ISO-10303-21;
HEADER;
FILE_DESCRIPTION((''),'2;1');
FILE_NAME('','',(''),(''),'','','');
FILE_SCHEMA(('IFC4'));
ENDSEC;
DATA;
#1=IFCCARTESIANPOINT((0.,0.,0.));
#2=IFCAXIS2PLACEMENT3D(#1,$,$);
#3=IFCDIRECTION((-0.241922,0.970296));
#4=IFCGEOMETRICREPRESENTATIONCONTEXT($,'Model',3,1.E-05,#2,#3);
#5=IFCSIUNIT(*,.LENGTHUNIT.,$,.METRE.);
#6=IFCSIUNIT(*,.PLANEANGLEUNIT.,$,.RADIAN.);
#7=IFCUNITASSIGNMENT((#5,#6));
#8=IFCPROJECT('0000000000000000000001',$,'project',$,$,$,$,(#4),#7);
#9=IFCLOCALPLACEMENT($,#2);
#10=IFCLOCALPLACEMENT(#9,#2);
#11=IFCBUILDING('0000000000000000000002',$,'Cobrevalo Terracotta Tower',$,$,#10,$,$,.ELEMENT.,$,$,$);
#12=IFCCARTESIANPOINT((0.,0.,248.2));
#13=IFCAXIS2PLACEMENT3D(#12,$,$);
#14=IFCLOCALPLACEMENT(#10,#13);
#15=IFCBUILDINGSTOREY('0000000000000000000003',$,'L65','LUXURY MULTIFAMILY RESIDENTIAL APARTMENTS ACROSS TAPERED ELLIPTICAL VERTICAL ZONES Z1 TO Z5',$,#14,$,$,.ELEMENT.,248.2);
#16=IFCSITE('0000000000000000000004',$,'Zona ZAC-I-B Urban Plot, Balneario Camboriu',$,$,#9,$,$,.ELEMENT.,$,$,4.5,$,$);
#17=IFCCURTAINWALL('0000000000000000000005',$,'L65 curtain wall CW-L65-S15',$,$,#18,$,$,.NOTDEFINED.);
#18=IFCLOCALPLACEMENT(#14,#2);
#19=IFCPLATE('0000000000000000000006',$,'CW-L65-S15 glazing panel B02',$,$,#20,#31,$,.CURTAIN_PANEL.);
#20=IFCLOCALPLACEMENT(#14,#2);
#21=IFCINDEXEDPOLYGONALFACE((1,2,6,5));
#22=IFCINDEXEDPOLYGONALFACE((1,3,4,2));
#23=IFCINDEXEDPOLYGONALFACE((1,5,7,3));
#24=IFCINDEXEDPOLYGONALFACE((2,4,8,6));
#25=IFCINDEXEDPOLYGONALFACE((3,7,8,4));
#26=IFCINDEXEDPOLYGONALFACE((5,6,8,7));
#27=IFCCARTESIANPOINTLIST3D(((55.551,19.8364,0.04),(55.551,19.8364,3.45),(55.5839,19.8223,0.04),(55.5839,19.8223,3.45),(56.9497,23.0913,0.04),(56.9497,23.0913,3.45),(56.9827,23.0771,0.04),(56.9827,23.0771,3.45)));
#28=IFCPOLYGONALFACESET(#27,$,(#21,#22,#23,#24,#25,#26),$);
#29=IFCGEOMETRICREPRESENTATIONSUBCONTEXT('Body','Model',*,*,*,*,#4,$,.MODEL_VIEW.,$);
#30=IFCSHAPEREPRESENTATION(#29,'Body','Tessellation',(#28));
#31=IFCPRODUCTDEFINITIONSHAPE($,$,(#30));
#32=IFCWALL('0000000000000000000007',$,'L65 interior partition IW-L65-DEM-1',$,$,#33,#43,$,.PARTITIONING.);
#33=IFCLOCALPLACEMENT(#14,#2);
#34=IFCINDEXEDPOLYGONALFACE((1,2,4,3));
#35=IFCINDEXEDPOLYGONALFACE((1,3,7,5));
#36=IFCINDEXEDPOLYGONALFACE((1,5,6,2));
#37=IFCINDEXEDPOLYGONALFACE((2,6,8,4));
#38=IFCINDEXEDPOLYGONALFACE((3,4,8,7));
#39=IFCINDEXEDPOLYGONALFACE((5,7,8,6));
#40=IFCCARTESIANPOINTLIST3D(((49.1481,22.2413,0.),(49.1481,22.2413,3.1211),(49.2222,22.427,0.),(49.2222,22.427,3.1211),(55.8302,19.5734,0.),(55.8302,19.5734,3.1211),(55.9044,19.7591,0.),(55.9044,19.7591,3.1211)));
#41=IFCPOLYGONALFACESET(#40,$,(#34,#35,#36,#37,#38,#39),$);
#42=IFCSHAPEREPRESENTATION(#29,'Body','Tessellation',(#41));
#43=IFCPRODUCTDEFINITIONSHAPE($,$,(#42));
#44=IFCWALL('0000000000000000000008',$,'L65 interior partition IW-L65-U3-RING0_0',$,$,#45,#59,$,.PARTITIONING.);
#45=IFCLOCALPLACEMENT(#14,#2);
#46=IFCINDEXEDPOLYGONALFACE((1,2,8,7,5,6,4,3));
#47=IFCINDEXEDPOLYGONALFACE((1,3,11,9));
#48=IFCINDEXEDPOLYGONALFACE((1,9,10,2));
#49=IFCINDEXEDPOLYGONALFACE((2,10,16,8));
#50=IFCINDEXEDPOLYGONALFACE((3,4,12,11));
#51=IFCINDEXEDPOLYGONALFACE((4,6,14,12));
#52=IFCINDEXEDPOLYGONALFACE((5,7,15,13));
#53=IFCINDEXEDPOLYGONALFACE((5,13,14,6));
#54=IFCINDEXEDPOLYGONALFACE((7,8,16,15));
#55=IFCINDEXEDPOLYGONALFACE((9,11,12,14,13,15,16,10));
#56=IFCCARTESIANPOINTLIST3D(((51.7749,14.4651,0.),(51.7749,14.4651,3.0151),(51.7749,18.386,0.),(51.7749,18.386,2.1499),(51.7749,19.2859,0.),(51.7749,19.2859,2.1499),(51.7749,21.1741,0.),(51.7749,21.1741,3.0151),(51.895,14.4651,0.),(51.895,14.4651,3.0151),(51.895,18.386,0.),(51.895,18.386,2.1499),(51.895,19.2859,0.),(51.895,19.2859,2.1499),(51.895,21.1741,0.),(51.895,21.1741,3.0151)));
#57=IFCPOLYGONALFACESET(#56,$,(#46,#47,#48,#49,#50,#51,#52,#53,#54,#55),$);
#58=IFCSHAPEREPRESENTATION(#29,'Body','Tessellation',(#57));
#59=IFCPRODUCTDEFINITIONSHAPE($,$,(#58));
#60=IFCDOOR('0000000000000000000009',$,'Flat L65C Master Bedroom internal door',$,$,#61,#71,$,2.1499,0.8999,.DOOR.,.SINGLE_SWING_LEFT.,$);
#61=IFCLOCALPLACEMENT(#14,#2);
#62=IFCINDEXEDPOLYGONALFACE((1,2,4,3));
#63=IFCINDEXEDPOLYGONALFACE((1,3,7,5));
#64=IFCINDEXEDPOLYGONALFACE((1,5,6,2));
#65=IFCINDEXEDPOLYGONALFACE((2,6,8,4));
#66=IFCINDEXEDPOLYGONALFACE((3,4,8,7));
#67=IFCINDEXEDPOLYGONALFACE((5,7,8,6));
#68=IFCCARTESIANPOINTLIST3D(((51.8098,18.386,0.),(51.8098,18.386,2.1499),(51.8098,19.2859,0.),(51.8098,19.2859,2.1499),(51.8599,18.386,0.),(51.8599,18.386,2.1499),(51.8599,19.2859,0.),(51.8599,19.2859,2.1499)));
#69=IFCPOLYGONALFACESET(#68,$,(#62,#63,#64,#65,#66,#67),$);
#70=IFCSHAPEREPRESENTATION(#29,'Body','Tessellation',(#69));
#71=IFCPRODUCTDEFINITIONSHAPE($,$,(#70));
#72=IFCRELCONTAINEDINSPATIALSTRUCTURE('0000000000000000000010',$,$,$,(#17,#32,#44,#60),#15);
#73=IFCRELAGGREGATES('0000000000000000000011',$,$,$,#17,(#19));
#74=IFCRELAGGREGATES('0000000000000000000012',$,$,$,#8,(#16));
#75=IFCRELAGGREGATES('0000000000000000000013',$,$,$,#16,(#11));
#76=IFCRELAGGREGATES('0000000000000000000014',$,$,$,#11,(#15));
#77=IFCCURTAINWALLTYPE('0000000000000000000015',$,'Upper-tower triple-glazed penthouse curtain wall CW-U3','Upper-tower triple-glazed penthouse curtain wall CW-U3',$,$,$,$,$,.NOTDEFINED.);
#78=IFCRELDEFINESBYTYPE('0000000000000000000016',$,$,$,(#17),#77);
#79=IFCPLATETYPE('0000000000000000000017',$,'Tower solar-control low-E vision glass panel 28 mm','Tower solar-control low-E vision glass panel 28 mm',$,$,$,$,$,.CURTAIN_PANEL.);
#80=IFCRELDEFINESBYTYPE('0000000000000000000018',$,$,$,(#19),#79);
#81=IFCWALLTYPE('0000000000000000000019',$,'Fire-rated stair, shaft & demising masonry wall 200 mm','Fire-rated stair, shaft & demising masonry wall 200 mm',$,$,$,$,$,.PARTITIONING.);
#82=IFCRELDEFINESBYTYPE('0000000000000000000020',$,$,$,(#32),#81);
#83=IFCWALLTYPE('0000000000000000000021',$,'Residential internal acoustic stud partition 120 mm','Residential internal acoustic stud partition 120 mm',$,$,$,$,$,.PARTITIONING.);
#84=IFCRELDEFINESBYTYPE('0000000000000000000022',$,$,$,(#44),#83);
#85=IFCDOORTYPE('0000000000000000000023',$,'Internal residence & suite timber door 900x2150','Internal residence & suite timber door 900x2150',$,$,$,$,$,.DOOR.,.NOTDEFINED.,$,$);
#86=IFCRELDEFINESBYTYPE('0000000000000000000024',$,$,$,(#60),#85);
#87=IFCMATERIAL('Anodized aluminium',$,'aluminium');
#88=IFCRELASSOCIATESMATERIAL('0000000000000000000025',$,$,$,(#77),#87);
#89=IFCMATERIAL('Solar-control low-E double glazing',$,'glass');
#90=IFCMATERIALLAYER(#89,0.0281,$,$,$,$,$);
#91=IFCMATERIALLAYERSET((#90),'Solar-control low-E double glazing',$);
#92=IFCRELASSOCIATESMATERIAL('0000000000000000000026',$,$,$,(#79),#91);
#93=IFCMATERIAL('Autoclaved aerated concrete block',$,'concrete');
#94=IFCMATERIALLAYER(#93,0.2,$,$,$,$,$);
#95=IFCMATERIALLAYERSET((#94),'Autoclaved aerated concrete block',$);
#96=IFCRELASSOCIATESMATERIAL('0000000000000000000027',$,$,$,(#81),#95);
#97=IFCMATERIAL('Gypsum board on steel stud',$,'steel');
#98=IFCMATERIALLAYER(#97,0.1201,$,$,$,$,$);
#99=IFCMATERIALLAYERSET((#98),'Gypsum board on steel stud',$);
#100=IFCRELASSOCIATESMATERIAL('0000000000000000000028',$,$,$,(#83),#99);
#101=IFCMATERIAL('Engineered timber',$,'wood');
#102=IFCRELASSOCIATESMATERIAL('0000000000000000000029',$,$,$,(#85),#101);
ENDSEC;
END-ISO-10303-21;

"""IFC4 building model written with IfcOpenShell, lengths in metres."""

from ifc_helpers import new_model, si_unit, direction, frame, frame_2d, origin, origin_2d, place, context, subcontext, project, spatial, rectangle, extrude, source, transform, mapped, material, layer, layer_set, type_object, element, fill, aggregate, save


model = new_model("IFC4")

# Units and contexts
model_context = context("Model", 3, precision=1e-05, world=origin(), true_north=direction((-0.241922, 0.970296)))
body_context = subcontext(model_context, "Body", "Model", "MODEL_VIEW")
ifc_project = project(units=[si_unit("LENGTHUNIT", "METRE"), si_unit("PLANEANGLEUNIT", "RADIAN")], contexts=[model_context])

# Site, building, storey
site_placement = place(None, origin())
site = spatial("IfcSite", under=ifc_project, at=site_placement, Name="Zona ZAC-I-B Urban Plot, Balneario Camboriu", CompositionType="ELEMENT", RefElevation=4.5)
building_placement = place(site_placement, origin())
building = spatial("IfcBuilding", under=site, at=building_placement, Name="Cobrevalo Terracotta Tower", CompositionType="ELEMENT")
storey_placement = place(building_placement, frame((0.0, 0.0, 248.2)))
storey = spatial("IfcBuildingStorey", under=building, at=storey_placement, Name="L65", Description="LUXURY MULTIFAMILY RESIDENTIAL APARTMENTS ACROSS TAPERED ELLIPTICAL VERTICAL ZONES Z1 TO Z5", CompositionType="ELEMENT", Elevation=248.2)

# Curtain wall
ifc_material_1 = material(Name="Anodized aluminium", Category="aluminium")
curtain_wall_type = type_object("IfcCurtainWallType", Name="Upper-tower triple-glazed penthouse curtain wall CW-U3", Description="Upper-tower triple-glazed penthouse curtain wall CW-U3", PredefinedType="NOTDEFINED", material=ifc_material_1)
curtain_wall_1_placement = place(storey_placement, origin())
curtain_wall_1 = element("IfcCurtainWall", 1, at=curtain_wall_1_placement, inside=storey, type_object=curtain_wall_type, Name="L65 curtain wall CW-L65-S15", PredefinedType="NOTDEFINED")

# Plate
ifc_material_2 = material(Name="Solar-control low-E double glazing", Category="glass")
ifc_layer_1 = layer(ifc_material_2, 0.0281)
ifc_layer_set_1 = layer_set([ifc_layer_1], Name="Solar-control low-E double glazing")
plate_type = type_object("IfcPlateType", Name="Tower solar-control low-E vision glass panel 28 mm", Description="Tower solar-control low-E vision glass panel 28 mm", PredefinedType="CURTAIN_PANEL", material=ifc_layer_set_1)
shared_shape_1 = source(origin(), body_context, "Body", "SweptSolid", [
    extrude(rectangle(XDim=3.5427, YDim=0.0359, at=origin_2d()), origin(), (0.0, 0.0, 1.0), 3.4099),
])
plate_1_placement = place(storey_placement, frame((56.2668, 21.4568, 0.04), z_axis=(0.0, 0.0, 1.0), x_axis=(0.394829, 0.918755, 0.0)))
plate_1 = element("IfcPlate", 2, at=plate_1_placement, type_object=plate_type, Name="CW-L65-S15 glazing panel B02", PredefinedType="CURTAIN_PANEL", context=body_context, shape_type="MappedRepresentation", body=[
    mapped(shared_shape_1, transform((0.0, 0.0, 0.0), scale=1.0)),
])
aggregate(curtain_wall_1, [plate_1])

# Wall
ifc_material_3 = material(Name="Autoclaved aerated concrete block", Category="concrete")
ifc_layer_2 = layer(ifc_material_3, 0.2)
ifc_layer_set_2 = layer_set([ifc_layer_2], Name="Autoclaved aerated concrete block")
wall_type_1 = type_object("IfcWallType", Name="Fire-rated stair, shaft & demising masonry wall 200 mm", Description="Fire-rated stair, shaft & demising masonry wall 200 mm", PredefinedType="PARTITIONING", material=ifc_layer_set_2)
wall_1_placement = place(storey_placement, frame((49.1851, 22.3342, 0.0), z_axis=(0.0, 0.0, 1.0), x_axis=(0.928711, -0.370806, 0.0)))
element("IfcWall", 3, at=wall_1_placement, inside=storey, type_object=wall_type_1, Name="L65 interior partition IW-L65-DEM-1", PredefinedType="PARTITIONING", context=body_context, shape_type="SweptSolid", body=[
    extrude(rectangle(XDim=7.1951, YDim=0.2, at=frame_2d((3.5977, 0.0))), origin(), (0.0, 0.0, 1.0), 3.1211),
])

# Wall, opening, door
ifc_material_4 = material(Name="Gypsum board on steel stud", Category="steel")
ifc_layer_3 = layer(ifc_material_4, 0.1201)
ifc_layer_set_3 = layer_set([ifc_layer_3], Name="Gypsum board on steel stud")
wall_type_2 = type_object("IfcWallType", Name="Residential internal acoustic stud partition 120 mm", Description="Residential internal acoustic stud partition 120 mm", PredefinedType="PARTITIONING", material=ifc_layer_set_3)
wall_2_placement = place(storey_placement, frame((51.835, 21.1741, 0.0), z_axis=(0.0, 0.0, 1.0), x_axis=(0.0, -1.0, 0.0)))
wall_2 = element("IfcWall", 4, at=wall_2_placement, inside=storey, type_object=wall_type_2, Name="L65 interior partition IW-L65-U3-RING0_0", PredefinedType="PARTITIONING", context=body_context, shape_type="SweptSolid", body=[
    extrude(rectangle(XDim=6.709, YDim=0.1201, at=frame_2d((3.3545, 0.0))), origin(), (0.0, 0.0, 1.0), 3.0151),
])
opening_placement = place(wall_2_placement, frame((1.8882, 0.0, 0.0)))
opening = element("IfcOpeningElement", 5, at=opening_placement, cuts=wall_2, PredefinedType="OPENING", context=body_context, shape_type="SweptSolid", body=[
    extrude(rectangle(XDim=0.8999, YDim=2.1499, at=frame_2d((0.45, 1.075))), frame((0.0, 0.0701, 0.0), z_axis=(0.0, -1.0, 0.0), x_axis=(1.0, 0.0, 0.0)), (0.0, 0.0, 1.0), 0.1401),
])
ifc_material_5 = material(Name="Engineered timber", Category="wood")
door_type = type_object("IfcDoorType", Name="Internal residence & suite timber door 900x2150", Description="Internal residence & suite timber door 900x2150", OperationType="NOTDEFINED", PredefinedType="DOOR", material=ifc_material_5)
shared_shape_2 = source(origin(), body_context, "Body", "SweptSolid", [
    extrude(rectangle(XDim=0.8999, YDim=2.1499, at=frame_2d((0.45, 1.075))), frame((0.0, 0.0249, 0.0), z_axis=(0.0, -1.0, 0.0), x_axis=(1.0, 0.0, 0.0)), (0.0, 0.0, 1.0), 0.05),
])
door_placement = place(opening_placement, origin())
door = element("IfcDoor", 6, at=door_placement, inside=storey, type_object=door_type, Name="Flat L65C Master Bedroom internal door", OperationType="SINGLE_SWING_LEFT", OverallHeight=2.1499, OverallWidth=0.8999, PredefinedType="DOOR", context=body_context, shape_type="MappedRepresentation", body=[
    mapped(shared_shape_2, transform((0.0, 0.0, 0.0), scale=1.0)),
])
fill(opening, door)

save(model, "model.ifc")
